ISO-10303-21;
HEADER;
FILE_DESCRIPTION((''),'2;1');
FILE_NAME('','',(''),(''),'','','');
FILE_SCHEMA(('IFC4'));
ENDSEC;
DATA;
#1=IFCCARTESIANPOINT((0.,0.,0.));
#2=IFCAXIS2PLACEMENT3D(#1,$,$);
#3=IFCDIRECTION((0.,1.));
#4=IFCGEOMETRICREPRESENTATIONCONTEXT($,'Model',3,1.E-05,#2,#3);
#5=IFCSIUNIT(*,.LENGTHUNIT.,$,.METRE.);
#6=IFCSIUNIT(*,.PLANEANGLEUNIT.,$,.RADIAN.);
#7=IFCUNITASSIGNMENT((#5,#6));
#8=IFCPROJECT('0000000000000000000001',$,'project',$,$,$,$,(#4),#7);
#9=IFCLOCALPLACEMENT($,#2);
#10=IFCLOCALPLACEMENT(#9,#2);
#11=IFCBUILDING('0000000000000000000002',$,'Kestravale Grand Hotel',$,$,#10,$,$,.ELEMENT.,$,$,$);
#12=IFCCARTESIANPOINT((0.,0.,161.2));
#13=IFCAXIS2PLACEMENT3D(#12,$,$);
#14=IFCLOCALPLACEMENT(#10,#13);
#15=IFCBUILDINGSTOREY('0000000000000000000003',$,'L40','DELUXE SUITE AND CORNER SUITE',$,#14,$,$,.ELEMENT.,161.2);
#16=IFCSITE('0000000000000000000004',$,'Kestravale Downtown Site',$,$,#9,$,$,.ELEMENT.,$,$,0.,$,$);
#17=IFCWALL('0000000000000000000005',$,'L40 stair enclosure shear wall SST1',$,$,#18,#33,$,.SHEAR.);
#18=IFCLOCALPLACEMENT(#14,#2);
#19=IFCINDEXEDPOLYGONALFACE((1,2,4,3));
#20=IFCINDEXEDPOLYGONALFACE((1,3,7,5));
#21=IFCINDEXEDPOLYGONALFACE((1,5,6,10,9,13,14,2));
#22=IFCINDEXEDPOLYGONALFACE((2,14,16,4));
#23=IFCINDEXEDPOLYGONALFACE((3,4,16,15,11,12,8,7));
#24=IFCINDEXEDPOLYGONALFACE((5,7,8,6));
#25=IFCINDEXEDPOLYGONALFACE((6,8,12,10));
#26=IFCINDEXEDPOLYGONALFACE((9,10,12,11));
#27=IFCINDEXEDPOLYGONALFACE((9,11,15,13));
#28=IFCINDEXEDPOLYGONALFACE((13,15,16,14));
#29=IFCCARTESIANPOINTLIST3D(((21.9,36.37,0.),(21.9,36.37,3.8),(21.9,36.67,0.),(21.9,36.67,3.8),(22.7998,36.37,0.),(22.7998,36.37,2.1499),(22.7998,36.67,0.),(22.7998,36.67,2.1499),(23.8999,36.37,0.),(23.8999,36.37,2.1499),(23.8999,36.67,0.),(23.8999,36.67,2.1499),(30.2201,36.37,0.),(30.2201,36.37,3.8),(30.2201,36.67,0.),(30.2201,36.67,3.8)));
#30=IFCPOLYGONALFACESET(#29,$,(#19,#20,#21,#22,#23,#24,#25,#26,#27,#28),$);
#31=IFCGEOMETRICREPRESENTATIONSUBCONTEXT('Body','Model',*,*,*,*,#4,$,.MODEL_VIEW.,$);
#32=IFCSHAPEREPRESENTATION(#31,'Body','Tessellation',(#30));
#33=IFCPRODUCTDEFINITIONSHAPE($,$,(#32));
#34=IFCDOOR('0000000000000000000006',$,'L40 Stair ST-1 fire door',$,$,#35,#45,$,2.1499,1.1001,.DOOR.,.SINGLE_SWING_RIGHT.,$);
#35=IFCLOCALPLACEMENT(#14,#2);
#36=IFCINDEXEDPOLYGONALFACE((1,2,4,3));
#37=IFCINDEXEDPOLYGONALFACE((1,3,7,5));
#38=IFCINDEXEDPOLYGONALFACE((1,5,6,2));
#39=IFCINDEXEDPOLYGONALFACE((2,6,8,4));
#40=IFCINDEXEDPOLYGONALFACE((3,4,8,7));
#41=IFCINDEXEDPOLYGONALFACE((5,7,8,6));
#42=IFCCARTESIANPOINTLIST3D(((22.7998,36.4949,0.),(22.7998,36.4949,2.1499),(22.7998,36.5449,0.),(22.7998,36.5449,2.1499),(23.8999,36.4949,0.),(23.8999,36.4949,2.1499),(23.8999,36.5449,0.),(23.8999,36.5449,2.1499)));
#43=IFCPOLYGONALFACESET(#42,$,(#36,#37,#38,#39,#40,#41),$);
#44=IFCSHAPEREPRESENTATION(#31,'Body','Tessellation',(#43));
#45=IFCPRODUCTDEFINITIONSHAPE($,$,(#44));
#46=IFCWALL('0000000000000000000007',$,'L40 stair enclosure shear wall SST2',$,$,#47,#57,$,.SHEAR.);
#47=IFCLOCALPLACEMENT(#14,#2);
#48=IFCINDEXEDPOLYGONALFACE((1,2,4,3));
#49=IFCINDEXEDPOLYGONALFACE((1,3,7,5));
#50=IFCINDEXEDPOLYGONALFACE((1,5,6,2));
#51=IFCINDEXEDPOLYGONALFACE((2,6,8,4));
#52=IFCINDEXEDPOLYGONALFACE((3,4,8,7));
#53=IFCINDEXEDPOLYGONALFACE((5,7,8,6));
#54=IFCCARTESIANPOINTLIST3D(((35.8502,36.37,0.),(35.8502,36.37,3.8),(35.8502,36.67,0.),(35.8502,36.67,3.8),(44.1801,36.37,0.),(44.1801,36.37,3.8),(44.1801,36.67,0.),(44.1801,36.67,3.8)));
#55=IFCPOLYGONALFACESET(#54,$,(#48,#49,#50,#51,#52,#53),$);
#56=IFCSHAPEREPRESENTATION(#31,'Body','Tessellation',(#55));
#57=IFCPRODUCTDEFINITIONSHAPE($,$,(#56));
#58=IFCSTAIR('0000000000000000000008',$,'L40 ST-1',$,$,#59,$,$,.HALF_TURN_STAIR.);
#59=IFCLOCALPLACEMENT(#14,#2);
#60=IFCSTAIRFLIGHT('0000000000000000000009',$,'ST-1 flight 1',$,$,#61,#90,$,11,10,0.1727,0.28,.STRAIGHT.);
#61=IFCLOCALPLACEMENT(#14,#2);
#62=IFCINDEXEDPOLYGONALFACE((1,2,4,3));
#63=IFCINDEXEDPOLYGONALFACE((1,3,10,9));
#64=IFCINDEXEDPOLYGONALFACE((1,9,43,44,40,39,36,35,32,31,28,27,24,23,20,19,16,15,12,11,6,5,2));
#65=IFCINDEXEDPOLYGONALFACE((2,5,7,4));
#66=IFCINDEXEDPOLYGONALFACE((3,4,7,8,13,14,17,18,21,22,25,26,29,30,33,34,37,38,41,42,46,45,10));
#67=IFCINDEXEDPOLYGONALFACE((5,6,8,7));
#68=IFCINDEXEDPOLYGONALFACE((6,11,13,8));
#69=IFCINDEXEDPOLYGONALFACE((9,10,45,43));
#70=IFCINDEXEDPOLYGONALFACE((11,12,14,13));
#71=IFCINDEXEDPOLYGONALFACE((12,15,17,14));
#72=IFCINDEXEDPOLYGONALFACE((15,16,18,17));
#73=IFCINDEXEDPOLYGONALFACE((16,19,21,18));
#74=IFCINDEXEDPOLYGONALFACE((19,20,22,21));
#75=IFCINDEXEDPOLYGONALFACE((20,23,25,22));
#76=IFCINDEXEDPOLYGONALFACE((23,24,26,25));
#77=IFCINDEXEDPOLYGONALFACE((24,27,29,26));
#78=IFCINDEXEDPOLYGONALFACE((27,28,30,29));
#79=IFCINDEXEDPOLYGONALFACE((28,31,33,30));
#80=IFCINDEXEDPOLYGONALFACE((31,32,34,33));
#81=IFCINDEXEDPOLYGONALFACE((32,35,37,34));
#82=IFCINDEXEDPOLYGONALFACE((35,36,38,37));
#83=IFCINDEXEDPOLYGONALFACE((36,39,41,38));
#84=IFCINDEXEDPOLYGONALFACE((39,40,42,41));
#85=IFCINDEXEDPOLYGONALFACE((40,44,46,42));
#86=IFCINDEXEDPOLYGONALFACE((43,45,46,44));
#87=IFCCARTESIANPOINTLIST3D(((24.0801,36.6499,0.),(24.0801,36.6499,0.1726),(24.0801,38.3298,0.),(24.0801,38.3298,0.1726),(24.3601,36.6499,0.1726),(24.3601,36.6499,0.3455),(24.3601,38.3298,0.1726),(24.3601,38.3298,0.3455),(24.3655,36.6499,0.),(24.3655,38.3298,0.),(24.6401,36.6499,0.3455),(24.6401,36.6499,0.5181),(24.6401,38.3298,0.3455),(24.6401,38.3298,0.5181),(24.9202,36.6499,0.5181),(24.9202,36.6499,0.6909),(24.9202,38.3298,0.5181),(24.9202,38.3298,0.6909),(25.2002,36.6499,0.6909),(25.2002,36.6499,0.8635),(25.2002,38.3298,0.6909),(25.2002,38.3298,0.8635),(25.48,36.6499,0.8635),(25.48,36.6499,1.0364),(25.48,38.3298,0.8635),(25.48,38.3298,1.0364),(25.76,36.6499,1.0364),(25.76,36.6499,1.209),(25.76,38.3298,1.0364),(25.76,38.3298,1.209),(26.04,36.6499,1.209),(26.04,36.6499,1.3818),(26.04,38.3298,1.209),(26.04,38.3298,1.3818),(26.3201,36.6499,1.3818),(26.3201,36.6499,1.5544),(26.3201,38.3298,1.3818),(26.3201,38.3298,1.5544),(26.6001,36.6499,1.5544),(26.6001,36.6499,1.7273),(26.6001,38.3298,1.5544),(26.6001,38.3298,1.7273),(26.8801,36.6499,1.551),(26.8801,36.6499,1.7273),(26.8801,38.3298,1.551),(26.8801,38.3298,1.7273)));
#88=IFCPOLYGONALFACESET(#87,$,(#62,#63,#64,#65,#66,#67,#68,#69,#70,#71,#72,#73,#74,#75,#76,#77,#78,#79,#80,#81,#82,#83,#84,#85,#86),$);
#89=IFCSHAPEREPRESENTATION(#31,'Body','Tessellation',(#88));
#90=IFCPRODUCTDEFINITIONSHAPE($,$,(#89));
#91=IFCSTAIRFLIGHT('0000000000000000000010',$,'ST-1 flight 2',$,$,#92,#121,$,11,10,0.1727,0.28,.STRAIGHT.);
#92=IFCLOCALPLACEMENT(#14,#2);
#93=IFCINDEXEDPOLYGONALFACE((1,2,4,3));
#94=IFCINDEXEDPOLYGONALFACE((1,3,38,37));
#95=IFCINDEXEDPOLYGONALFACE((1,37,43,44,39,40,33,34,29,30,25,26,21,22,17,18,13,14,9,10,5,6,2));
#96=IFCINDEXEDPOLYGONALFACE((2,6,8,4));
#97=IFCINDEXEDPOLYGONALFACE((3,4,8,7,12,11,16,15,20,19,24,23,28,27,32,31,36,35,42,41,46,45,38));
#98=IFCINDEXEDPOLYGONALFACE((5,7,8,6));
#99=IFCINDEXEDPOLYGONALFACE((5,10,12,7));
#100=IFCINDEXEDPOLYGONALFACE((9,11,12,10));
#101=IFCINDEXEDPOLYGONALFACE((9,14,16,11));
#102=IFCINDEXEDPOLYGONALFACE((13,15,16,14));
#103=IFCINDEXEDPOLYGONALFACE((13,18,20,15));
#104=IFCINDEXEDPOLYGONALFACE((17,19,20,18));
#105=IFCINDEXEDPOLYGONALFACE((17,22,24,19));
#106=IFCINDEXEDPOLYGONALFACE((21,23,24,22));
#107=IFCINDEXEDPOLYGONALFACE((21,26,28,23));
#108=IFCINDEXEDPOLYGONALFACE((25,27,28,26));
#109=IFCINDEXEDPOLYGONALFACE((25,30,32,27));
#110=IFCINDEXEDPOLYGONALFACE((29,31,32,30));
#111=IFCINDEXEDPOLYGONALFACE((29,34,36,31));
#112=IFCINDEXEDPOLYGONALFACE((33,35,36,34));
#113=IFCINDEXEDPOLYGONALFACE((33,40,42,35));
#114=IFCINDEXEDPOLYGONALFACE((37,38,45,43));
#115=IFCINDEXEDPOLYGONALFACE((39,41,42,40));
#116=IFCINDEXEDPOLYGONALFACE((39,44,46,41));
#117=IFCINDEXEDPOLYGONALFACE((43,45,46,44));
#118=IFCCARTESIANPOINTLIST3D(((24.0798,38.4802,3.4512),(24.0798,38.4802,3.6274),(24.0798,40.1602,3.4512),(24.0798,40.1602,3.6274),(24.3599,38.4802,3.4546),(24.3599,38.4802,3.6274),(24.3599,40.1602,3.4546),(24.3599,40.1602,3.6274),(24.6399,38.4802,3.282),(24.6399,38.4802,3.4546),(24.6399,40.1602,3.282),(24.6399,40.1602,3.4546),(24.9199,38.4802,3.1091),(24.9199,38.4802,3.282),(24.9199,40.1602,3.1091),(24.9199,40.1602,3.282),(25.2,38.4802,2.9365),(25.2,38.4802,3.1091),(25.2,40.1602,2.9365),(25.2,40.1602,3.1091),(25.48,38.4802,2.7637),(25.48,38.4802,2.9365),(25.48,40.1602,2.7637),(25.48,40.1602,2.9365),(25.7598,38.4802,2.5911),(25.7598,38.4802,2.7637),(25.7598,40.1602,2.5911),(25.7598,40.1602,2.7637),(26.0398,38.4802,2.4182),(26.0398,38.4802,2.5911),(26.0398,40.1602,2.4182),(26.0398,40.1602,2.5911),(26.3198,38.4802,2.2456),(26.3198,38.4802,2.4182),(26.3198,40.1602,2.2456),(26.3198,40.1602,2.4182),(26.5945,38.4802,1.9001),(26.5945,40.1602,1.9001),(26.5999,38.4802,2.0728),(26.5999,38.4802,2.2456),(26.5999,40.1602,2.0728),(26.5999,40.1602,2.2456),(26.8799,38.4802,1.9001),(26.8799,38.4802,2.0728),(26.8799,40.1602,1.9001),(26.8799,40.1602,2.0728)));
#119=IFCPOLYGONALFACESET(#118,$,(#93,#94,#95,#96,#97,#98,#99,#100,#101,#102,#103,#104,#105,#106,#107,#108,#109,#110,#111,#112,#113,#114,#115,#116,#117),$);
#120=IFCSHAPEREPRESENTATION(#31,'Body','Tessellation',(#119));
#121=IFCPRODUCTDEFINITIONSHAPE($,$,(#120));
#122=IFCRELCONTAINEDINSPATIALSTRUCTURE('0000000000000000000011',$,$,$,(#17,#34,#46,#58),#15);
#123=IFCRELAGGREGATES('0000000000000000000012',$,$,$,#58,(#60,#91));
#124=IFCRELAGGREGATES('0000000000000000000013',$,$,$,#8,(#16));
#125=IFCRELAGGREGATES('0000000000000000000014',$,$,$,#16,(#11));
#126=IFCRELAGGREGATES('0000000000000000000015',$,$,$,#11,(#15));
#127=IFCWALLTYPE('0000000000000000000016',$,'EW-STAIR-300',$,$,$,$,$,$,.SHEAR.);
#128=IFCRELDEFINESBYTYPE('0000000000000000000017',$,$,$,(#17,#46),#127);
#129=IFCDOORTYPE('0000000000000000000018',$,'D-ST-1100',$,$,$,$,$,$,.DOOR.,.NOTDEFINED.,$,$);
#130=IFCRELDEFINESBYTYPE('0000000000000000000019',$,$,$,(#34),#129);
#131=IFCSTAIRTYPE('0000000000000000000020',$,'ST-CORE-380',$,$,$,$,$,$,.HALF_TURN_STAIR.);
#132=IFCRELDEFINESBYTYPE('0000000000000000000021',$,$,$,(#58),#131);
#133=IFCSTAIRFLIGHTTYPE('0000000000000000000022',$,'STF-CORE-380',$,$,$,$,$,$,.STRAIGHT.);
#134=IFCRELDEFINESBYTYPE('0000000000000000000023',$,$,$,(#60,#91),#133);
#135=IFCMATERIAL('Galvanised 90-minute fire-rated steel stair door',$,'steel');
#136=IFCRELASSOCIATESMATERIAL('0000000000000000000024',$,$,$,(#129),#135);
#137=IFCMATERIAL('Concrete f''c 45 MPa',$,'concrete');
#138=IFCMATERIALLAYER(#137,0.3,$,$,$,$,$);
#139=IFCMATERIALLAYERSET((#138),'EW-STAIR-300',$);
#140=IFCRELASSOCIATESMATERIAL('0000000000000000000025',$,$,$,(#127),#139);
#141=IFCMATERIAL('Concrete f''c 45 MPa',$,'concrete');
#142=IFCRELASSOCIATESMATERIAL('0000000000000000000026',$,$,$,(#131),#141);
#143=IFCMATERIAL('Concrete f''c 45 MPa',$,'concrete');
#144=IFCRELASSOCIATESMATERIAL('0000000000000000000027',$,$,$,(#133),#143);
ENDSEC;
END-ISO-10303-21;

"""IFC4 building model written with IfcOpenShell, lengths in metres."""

from ifc_helpers import new_model, si_unit, direction, frame, frame_2d, origin, place, context, subcontext, project, spatial, polyline, rectangle, outline, extrude, material, layer, layer_set, type_object, element, fill, aggregate, save


model = new_model("IFC4")

# Units and contexts
model_context = context("Model", 3, precision=1e-05, world=origin(), true_north=direction((0.0, 1.0)))
body_context = subcontext(model_context, "Body", "Model", "MODEL_VIEW")
ifc_project = project(units=[si_unit("LENGTHUNIT", "METRE"), si_unit("PLANEANGLEUNIT", "RADIAN")], contexts=[model_context])

# Site, building, storey
site_placement = place(None, origin())
site = spatial("IfcSite", under=ifc_project, at=site_placement, Name="Kestravale Downtown Site", CompositionType="ELEMENT", RefElevation=0.0)
building_placement = place(site_placement, origin())
building = spatial("IfcBuilding", under=site, at=building_placement, Name="Kestravale Grand Hotel", CompositionType="ELEMENT")
storey_placement = place(building_placement, frame((0.0, 0.0, 161.2)))
storey = spatial("IfcBuildingStorey", under=building, at=storey_placement, Name="L40", Description="DELUXE SUITE AND CORNER SUITE", CompositionType="ELEMENT", Elevation=161.2)

# Wall, opening, door
ifc_material_1 = material(Name="Galvanised 90-minute fire-rated steel stair door", Category="steel")
door_type_1 = type_object("IfcDoorType", Name="D-ST-1100", OperationType="NOTDEFINED", PredefinedType="DOOR", material=ifc_material_1)
ifc_material_2 = material(Name="Concrete f'c 45 MPa", Category="concrete")
ifc_layer_1 = layer(ifc_material_2, 0.3)
ifc_layer_set_1 = layer_set([ifc_layer_1], Name="EW-STAIR-300")
wall_type_1 = type_object("IfcWallType", Name="EW-STAIR-300", PredefinedType="SHEAR", material=ifc_layer_set_1)
wall_1_placement = place(storey_placement, frame((21.8999, 36.52, 0.0), z_axis=(0.0, 0.0, 1.0), x_axis=(1.0, 0.0, 0.0)))
wall_1 = element("IfcWall", 1, at=wall_1_placement, inside=storey, type_object=wall_type_1, Name="L40 stair enclosure shear wall SST1", PredefinedType="SHEAR", context=body_context, shape_type="SweptSolid", body=[
    extrude(rectangle(XDim=8.3201, YDim=0.3, at=frame_2d((4.1602, 0.0))), origin(), (0.0, 0.0, 1.0), 3.8),
])
opening_1_placement = place(wall_1_placement, frame((0.8999, 0.0, 0.0)))
opening_1 = element("IfcOpeningElement", 2, at=opening_1_placement, cuts=wall_1, PredefinedType="OPENING", context=body_context, shape_type="SweptSolid", body=[
    extrude(rectangle(XDim=1.1001, YDim=2.1499, at=frame_2d((0.55, 1.075))), frame((0.0, 0.1599, 0.0), z_axis=(0.0, -1.0, 0.0), x_axis=(1.0, 0.0, 0.0)), (0.0, 0.0, 1.0), 0.3201),
])
door_1_placement = place(opening_1_placement, origin())
door_1 = element("IfcDoor", 3, at=door_1_placement, inside=storey, type_object=door_type_1, Name="L40 Stair ST-1 fire door", OperationType="SINGLE_SWING_RIGHT", OverallHeight=2.1499, OverallWidth=1.1001, PredefinedType="DOOR", context=body_context, shape_type="SweptSolid", body=[
    extrude(rectangle(XDim=1.1001, YDim=2.1499, at=frame_2d((0.55, 1.075))), frame((0.0, 0.0249, 0.0), z_axis=(0.0, -1.0, 0.0), x_axis=(1.0, 0.0, 0.0)), (0.0, 0.0, 1.0), 0.05),
])
fill(opening_1, door_1)

# Wall
wall_2_placement = place(storey_placement, frame((35.8501, 36.52, 0.0), z_axis=(0.0, 0.0, 1.0), x_axis=(1.0, 0.0, 0.0)))
element("IfcWall", 4, at=wall_2_placement, inside=storey, type_object=wall_type_1, Name="L40 stair enclosure shear wall SST2", PredefinedType="SHEAR", context=body_context, shape_type="SweptSolid", body=[
    extrude(rectangle(XDim=8.3298, YDim=0.3, at=frame_2d((4.165, 0.0))), origin(), (0.0, 0.0, 1.0), 3.8),
])

# Stair, stair flights
ifc_material_3 = material(Name="Concrete f'c 45 MPa", Category="concrete")
stair_type = type_object("IfcStairType", Name="ST-CORE-380", PredefinedType="HALF_TURN_STAIR", material=ifc_material_3)
stair_placement = place(storey_placement, origin())
stair = element("IfcStair", 5, at=stair_placement, inside=storey, type_object=stair_type, Name="L40 ST-1", PredefinedType="HALF_TURN_STAIR")
ifc_material_4 = material(Name="Concrete f'c 45 MPa", Category="concrete")
stair_flight_type = type_object("IfcStairFlightType", Name="STF-CORE-380", PredefinedType="STRAIGHT", material=ifc_material_4)
stair_flight_1_placement = place(storey_placement, frame((24.0801, 37.49, 0.0), z_axis=(0.0, 0.0, 1.0), x_axis=(1.0, 0.0, 0.0)))
stair_flight_1 = element("IfcStairFlight", 6, at=stair_flight_1_placement, type_object=stair_flight_type, Name="ST-1 flight 1", NumberOfRisers=11, NumberOfTreads=10, PredefinedType="STRAIGHT", RiserHeight=0.1727, TreadLength=0.28, context=body_context, shape_type="SweptSolid", body=[
    extrude(outline(polyline([(0.0, 0.0), (0.0, 0.1726), (0.28, 0.1726), (0.28, 0.3455), (0.5601, 0.3455), (0.5601, 0.5181), (0.8401, 0.5181), (0.8401, 0.6909), (1.1201, 0.6909), (1.1201, 0.8635), (1.3999, 0.8635), (1.3999, 1.0364), (1.6799, 1.0364), (1.6799, 1.209), (1.96, 1.209), (1.96, 1.3818), (2.24, 1.3818), (2.24, 1.5544), (2.52, 1.5544), (2.52, 1.7273), (2.8, 1.7273), (2.8, 1.8999), (2.8, 1.551), (0.2854, 0.0), (0.0, 0.0)])), frame((0.0, 0.8398, 0.0), z_axis=(0.0, -1.0, 0.0), x_axis=(1.0, 0.0, 0.0)), (0.0, 0.0, 1.0), 1.6799),
])
stair_flight_2_placement = place(storey_placement, frame((26.8799, 39.3201, 1.9001), z_axis=(0.0, 0.0, 1.0), x_axis=(-1.0, 0.0, 0.0)))
stair_flight_2 = element("IfcStairFlight", 7, at=stair_flight_2_placement, type_object=stair_flight_type, Name="ST-1 flight 2", NumberOfRisers=11, NumberOfTreads=10, PredefinedType="STRAIGHT", RiserHeight=0.1727, TreadLength=0.28, context=body_context, shape_type="SweptSolid", body=[
    extrude(outline(polyline([(0.0, 0.0), (0.0, 0.1726), (0.28, 0.1726), (0.28, 0.3455), (0.5601, 0.3455), (0.5601, 0.5181), (0.8401, 0.5181), (0.8401, 0.6909), (1.1201, 0.6909), (1.1201, 0.8635), (1.3999, 0.8635), (1.3999, 1.0364), (1.6799, 1.0364), (1.6799, 1.209), (1.96, 1.209), (1.96, 1.3818), (2.24, 1.3818), (2.24, 1.5544), (2.52, 1.5544), (2.52, 1.7273), (2.8, 1.7273), (2.8, 1.8999), (2.8, 1.551), (0.2854, 0.0), (0.0, 0.0)])), frame((0.0, 0.8398, 0.0), z_axis=(0.0, -1.0, 0.0), x_axis=(1.0, 0.0, 0.0)), (0.0, 0.0, 1.0), 1.6799),
])
aggregate(stair, [stair_flight_1, stair_flight_2])

save(model, "model.ifc")
